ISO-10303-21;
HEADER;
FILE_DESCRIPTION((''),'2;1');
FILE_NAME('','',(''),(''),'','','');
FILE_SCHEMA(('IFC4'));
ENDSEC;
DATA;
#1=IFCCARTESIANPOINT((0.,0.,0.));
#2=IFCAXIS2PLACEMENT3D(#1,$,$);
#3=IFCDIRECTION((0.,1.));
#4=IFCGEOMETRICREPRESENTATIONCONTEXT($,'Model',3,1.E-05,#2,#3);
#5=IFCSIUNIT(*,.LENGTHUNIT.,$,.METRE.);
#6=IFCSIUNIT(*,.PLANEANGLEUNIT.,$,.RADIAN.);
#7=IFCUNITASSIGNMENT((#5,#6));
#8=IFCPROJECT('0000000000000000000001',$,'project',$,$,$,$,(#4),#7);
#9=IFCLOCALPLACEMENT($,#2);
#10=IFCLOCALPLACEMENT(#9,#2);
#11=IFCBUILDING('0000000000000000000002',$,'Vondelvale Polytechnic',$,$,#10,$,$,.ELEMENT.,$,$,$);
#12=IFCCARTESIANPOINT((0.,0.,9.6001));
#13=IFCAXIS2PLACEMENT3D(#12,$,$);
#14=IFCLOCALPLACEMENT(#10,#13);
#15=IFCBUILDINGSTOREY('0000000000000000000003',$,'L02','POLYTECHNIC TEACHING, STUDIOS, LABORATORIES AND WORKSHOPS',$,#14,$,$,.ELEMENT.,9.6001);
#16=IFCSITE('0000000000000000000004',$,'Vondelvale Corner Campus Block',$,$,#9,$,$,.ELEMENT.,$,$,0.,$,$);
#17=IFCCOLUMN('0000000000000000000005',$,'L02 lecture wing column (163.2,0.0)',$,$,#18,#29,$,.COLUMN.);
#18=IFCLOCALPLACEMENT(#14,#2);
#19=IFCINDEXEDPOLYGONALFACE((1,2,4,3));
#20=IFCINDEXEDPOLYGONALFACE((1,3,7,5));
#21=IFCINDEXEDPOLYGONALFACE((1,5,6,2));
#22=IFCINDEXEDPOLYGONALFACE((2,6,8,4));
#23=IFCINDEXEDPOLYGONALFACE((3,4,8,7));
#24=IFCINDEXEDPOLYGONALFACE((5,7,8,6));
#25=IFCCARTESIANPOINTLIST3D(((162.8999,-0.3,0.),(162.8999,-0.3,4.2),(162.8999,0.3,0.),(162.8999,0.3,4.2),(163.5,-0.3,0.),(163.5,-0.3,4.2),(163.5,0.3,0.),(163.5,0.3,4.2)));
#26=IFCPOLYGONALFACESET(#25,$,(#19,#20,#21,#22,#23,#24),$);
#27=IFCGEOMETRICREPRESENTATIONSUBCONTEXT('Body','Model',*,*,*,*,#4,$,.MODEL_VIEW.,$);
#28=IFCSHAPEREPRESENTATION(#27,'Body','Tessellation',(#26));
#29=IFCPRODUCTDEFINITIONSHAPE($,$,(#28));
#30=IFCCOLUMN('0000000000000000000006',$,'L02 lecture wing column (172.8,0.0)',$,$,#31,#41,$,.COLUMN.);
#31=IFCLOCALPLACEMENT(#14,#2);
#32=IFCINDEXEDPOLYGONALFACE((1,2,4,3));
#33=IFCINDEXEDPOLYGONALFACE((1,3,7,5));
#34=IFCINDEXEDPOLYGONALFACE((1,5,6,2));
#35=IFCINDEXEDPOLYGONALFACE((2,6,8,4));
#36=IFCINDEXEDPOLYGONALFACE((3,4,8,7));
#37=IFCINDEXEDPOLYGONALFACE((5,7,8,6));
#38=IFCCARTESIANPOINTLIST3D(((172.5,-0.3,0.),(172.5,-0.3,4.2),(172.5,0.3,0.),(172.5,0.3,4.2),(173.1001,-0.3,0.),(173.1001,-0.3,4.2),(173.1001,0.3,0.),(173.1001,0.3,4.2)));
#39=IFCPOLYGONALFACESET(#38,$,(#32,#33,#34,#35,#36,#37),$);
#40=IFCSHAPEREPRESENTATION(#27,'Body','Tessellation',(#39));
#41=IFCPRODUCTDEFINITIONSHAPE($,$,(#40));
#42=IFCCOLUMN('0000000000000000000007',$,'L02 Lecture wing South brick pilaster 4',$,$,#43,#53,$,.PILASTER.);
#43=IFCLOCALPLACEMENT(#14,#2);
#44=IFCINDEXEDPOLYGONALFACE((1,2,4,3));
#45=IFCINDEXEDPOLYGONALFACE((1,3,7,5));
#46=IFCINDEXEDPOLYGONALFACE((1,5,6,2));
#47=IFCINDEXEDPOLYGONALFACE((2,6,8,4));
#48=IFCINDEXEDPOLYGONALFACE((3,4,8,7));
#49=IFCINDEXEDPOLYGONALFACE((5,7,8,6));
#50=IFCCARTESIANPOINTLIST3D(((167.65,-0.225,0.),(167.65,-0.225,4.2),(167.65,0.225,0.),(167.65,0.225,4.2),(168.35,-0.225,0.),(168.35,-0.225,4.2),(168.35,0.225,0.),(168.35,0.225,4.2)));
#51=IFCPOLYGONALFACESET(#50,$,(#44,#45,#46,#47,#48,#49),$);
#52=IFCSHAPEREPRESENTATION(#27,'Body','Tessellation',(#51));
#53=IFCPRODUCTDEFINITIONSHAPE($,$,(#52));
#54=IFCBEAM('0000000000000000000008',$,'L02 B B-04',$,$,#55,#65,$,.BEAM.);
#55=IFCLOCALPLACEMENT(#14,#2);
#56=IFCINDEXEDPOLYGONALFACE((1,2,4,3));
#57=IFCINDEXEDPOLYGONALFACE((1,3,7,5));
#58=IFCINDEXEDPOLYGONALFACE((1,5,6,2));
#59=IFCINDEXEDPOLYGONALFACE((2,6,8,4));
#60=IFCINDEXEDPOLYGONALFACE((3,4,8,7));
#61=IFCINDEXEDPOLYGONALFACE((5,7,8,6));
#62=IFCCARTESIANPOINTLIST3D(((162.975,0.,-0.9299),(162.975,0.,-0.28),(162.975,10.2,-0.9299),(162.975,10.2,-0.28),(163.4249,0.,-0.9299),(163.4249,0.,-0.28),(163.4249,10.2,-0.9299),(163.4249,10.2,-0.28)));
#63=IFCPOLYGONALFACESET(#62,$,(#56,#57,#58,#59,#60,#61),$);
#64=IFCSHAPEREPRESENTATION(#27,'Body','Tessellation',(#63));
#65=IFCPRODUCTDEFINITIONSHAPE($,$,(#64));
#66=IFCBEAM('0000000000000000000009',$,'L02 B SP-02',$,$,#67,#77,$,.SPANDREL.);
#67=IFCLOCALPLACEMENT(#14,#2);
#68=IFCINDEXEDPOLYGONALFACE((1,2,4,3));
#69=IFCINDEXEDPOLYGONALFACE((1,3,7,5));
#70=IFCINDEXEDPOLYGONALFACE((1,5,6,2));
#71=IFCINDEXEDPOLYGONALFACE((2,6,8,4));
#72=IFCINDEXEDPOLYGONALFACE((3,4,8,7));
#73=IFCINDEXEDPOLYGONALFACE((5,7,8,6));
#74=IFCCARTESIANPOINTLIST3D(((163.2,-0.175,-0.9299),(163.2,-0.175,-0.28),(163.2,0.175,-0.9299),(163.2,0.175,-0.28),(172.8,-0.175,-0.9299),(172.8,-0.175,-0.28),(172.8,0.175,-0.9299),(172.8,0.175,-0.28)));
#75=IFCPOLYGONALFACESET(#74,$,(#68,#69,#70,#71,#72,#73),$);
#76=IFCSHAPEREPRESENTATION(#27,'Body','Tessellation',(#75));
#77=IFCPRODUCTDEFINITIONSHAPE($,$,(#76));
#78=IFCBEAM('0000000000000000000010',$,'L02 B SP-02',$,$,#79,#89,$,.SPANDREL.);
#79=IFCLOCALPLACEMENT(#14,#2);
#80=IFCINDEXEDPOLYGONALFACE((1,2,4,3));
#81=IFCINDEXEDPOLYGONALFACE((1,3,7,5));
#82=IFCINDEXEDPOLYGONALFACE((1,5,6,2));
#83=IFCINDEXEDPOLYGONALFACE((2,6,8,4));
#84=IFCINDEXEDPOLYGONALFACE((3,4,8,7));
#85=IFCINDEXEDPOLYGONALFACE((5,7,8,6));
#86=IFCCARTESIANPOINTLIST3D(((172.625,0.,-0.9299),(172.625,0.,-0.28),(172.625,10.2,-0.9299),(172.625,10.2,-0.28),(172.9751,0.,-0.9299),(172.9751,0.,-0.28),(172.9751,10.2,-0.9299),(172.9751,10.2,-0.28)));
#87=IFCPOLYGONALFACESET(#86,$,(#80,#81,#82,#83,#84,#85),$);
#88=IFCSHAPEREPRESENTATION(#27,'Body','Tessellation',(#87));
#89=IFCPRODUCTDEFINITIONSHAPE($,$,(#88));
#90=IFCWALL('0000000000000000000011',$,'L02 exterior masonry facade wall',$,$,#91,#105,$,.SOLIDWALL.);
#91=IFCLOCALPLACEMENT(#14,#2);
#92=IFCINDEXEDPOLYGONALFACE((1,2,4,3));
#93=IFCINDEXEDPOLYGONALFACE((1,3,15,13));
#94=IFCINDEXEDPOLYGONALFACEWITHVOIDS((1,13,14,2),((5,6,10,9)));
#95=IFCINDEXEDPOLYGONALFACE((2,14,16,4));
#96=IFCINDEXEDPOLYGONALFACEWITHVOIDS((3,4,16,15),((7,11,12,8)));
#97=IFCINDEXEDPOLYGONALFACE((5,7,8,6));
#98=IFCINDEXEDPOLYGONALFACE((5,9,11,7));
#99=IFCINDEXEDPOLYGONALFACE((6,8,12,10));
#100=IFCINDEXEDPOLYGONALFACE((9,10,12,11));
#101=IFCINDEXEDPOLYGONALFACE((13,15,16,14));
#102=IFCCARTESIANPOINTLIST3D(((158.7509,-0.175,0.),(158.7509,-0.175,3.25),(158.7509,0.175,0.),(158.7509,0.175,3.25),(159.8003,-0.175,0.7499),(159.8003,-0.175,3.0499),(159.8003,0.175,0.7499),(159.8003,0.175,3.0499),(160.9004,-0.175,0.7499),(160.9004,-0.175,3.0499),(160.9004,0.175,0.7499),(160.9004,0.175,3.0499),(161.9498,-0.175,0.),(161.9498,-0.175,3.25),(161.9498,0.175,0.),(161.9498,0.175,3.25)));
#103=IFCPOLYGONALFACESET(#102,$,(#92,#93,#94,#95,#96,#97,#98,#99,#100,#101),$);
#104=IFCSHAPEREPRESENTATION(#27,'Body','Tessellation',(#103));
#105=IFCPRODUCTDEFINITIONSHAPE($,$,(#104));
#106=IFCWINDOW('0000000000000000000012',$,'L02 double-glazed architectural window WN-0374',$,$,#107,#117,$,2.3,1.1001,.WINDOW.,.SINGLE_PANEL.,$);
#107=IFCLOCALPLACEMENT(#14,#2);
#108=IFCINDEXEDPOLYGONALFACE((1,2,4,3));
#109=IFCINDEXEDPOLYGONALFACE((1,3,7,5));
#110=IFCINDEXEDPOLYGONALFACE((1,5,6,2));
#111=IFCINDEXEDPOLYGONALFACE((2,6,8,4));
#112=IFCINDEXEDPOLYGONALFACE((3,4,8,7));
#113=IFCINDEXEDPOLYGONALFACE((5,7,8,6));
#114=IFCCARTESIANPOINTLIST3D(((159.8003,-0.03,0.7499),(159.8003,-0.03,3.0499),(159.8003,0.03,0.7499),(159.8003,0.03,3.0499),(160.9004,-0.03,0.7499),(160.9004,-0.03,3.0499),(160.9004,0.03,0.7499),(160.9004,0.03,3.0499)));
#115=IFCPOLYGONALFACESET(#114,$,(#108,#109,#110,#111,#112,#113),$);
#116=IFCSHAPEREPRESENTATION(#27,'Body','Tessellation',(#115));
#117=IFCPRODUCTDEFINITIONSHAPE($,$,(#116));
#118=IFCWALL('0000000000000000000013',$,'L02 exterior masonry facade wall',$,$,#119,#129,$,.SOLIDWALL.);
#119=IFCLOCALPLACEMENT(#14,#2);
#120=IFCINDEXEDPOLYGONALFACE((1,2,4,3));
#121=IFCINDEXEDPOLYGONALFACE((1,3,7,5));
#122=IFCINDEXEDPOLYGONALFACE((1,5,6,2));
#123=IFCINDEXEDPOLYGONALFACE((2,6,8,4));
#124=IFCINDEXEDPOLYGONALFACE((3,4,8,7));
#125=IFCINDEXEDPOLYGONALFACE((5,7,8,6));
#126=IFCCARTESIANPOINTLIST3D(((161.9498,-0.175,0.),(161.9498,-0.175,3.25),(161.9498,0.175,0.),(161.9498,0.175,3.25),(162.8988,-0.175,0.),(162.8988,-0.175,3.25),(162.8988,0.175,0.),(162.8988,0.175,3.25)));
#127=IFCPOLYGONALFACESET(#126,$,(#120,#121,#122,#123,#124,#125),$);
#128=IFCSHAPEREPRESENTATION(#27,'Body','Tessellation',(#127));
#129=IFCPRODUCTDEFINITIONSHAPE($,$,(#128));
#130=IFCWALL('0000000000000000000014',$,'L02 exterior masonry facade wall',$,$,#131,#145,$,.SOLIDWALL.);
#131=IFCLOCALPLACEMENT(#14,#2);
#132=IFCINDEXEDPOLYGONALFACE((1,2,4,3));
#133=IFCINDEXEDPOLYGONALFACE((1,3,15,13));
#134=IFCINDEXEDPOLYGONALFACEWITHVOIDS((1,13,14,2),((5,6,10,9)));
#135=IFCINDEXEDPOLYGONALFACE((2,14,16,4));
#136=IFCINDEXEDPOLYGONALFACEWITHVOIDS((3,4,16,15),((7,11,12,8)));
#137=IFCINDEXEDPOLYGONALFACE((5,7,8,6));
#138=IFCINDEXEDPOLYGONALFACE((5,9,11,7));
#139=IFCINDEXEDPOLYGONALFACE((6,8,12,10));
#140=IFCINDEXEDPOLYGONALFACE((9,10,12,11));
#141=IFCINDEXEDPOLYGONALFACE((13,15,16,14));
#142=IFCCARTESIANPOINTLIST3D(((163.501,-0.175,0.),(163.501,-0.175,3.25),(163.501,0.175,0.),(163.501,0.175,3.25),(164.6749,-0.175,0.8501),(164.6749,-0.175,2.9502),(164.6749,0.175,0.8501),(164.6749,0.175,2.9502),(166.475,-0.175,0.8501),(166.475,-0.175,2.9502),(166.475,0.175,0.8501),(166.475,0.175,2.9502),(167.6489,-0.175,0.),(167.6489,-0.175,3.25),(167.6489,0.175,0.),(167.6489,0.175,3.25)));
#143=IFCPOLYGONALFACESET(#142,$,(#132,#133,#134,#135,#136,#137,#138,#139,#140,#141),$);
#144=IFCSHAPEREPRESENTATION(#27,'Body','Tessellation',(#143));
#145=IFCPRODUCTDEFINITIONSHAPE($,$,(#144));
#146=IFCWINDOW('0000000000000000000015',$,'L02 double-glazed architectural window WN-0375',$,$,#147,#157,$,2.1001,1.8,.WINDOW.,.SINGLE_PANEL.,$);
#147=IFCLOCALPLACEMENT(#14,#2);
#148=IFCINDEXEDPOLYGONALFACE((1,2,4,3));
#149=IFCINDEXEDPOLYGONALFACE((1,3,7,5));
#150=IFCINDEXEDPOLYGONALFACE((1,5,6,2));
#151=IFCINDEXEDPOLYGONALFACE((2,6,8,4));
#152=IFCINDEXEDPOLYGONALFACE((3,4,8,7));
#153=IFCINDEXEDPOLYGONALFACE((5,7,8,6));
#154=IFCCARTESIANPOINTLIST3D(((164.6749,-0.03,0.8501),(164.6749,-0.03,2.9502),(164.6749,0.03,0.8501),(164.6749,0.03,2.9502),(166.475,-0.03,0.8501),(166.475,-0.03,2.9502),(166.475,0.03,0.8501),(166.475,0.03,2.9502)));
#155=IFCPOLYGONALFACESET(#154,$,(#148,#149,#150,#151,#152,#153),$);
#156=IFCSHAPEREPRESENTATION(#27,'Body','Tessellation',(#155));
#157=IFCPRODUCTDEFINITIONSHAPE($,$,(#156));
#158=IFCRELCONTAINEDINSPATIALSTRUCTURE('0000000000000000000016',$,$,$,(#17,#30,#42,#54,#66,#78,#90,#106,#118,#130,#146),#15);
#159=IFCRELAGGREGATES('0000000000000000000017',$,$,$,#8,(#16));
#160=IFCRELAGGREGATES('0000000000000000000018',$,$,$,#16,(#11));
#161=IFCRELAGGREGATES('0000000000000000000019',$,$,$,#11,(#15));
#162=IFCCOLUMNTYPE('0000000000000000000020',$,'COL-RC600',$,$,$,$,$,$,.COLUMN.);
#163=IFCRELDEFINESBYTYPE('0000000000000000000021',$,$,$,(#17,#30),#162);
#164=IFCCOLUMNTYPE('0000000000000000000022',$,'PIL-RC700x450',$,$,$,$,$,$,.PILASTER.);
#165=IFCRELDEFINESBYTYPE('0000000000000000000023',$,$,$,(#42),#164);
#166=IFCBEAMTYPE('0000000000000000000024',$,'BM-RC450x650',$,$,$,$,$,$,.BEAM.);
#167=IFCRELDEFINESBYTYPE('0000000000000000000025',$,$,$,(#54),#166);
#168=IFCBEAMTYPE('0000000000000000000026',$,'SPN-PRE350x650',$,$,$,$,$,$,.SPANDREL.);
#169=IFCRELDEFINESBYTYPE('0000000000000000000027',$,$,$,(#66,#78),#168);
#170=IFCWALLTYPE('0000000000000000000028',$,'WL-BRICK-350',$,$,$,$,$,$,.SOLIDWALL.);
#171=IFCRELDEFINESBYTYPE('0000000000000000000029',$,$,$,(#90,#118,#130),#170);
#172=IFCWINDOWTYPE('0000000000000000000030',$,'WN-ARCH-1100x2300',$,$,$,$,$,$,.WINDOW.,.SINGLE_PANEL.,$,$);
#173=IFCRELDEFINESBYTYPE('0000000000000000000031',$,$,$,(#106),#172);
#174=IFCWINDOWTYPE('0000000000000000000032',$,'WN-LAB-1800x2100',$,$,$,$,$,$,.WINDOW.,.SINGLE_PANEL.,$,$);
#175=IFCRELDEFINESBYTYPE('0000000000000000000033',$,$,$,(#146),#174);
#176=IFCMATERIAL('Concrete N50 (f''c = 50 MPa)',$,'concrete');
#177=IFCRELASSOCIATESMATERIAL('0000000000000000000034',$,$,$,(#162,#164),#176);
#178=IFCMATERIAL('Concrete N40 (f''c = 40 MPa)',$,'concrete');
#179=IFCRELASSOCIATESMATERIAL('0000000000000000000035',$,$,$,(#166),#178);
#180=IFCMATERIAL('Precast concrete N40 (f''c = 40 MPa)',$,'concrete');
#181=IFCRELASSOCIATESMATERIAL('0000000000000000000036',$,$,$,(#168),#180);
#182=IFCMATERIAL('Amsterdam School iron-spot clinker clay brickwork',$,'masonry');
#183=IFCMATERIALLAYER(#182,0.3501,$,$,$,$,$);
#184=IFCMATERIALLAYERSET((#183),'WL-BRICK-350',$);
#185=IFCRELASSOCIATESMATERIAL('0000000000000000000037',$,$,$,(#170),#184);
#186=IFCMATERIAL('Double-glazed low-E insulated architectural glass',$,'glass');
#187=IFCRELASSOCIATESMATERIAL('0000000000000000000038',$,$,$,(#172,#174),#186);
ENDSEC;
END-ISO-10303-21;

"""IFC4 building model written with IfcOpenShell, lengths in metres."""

from ifc_helpers import new_model, si_unit, direction, frame, frame_2d, origin, origin_2d, place, context, subcontext, project, spatial, rectangle, extrude, material, layer, layer_set, material_profile, profile_set, type_object, element, fill, save


model = new_model("IFC4")

# Units and contexts
model_context = context("Model", 3, precision=1e-05, world=origin(), true_north=direction((0.0, 1.0)))
body_context = subcontext(model_context, "Body", "Model", "MODEL_VIEW")
ifc_project = project(units=[si_unit("LENGTHUNIT", "METRE"), si_unit("PLANEANGLEUNIT", "RADIAN")], contexts=[model_context])

# Site, building, storey
site_placement = place(None, origin())
site = spatial("IfcSite", under=ifc_project, at=site_placement, Name="Vondelvale Corner Campus Block", CompositionType="ELEMENT", RefElevation=0.0)
building_placement = place(site_placement, origin())
building = spatial("IfcBuilding", under=site, at=building_placement, Name="Vondelvale Polytechnic", CompositionType="ELEMENT")
storey_placement = place(building_placement, frame((0.0, 0.0, 9.6001)))
storey = spatial("IfcBuildingStorey", under=building, at=storey_placement, Name="L02", Description="POLYTECHNIC TEACHING, STUDIOS, LABORATORIES AND WORKSHOPS", CompositionType="ELEMENT", Elevation=9.6001)

# Columns
ifc_material_1 = material(Name="Concrete N50 (f'c = 50 MPa)", Category="concrete")
ifc_material_profile_1 = material_profile(ifc_material_1, rectangle(XDim=0.6001, YDim=0.6001, at=origin_2d()), Name="RC-COL-600x600")
ifc_profile_set_1 = profile_set([ifc_material_profile_1], Name="Concrete N50 (f'c = 50 MPa)")
column_type_1 = type_object("IfcColumnType", Name="COL-RC600", PredefinedType="COLUMN", material=ifc_profile_set_1)
for number, where, z_axis, x_axis, name in (
    (1, (163.2, 0.0, 0.0), (0.0, 0.0, 1.0), (1.0, 0.0, 0.0), "L02 lecture wing column (163.2,0.0)"),
    (2, (172.8, 0.0, 0.0), (0.0, 0.0, 1.0), (1.0, 0.0, 0.0), "L02 lecture wing column (172.8,0.0)"),
):
    element("IfcColumn", number, at=place(storey_placement, frame(where, z_axis=z_axis, x_axis=x_axis)), inside=storey, type_object=column_type_1, Name=name, PredefinedType="COLUMN", context=body_context, shape_type="SweptSolid", body=[
        extrude(rectangle(XDim=0.6001, YDim=0.6001, at=origin_2d()), origin(), (0.0, 0.0, 1.0), 4.2),
    ])
ifc_material_profile_2 = material_profile(ifc_material_1, rectangle(XDim=0.45, YDim=0.7, at=origin_2d()), Name="RC-PIL-700x450")
ifc_profile_set_2 = profile_set([ifc_material_profile_2], Name="Concrete N50 (f'c = 50 MPa)")
column_type_2 = type_object("IfcColumnType", Name="PIL-RC700x450", PredefinedType="PILASTER", material=ifc_profile_set_2)
column_placement = place(storey_placement, frame((168.0, 0.0, 0.0), z_axis=(0.0, 0.0, 1.0), x_axis=(0.0, 1.0, 0.0)))
element("IfcColumn", 3, at=column_placement, inside=storey, type_object=column_type_2, Name="L02 Lecture wing South brick pilaster 4", PredefinedType="PILASTER", context=body_context, shape_type="SweptSolid", body=[
    extrude(rectangle(XDim=0.45, YDim=0.7, at=origin_2d()), origin(), (0.0, 0.0, 1.0), 4.2),
])

# Beams
ifc_material_2 = material(Name="Concrete N40 (f'c = 40 MPa)", Category="concrete")
ifc_material_profile_3 = material_profile(ifc_material_2, rectangle(XDim=0.45, YDim=0.6499, at=origin_2d()), Name="RC-BM-450x650")
ifc_profile_set_3 = profile_set([ifc_material_profile_3], Name="Concrete N40 (f'c = 40 MPa)")
beam_type_1 = type_object("IfcBeamType", Name="BM-RC450x650", PredefinedType="BEAM", material=ifc_profile_set_3)
beam_1_placement = place(storey_placement, frame((163.2, 0.0, -0.605), z_axis=(0.0, 1.0, 0.0), x_axis=(-1.0, 0.0, 0.0)))
element("IfcBeam", 4, at=beam_1_placement, inside=storey, type_object=beam_type_1, Name="L02 B B-04", PredefinedType="BEAM", context=body_context, shape_type="SweptSolid", body=[
    extrude(rectangle(XDim=0.45, YDim=0.6499, at=origin_2d()), origin(), (0.0, 0.0, 1.0), 10.2),
])
ifc_material_3 = material(Name="Precast concrete N40 (f'c = 40 MPa)", Category="concrete")
ifc_material_profile_4 = material_profile(ifc_material_3, rectangle(XDim=0.3501, YDim=0.6499, at=origin_2d()), Name="RC-SPN-350x650")
ifc_profile_set_4 = profile_set([ifc_material_profile_4], Name="Precast concrete N40 (f'c = 40 MPa)")
beam_type_2 = type_object("IfcBeamType", Name="SPN-PRE350x650", PredefinedType="SPANDREL", material=ifc_profile_set_4)
beam_2_placement = place(storey_placement, frame((163.2, 0.0, -0.605), z_axis=(1.0, 0.0, 0.0), x_axis=(0.0, 1.0, 0.0)))
element("IfcBeam", 5, at=beam_2_placement, inside=storey, type_object=beam_type_2, Name="L02 B SP-02", PredefinedType="SPANDREL", context=body_context, shape_type="SweptSolid", body=[
    extrude(rectangle(XDim=0.3501, YDim=0.6499, at=origin_2d()), origin(), (0.0, 0.0, 1.0), 9.6001),
])
beam_3_placement = place(storey_placement, frame((172.8, 0.0, -0.605), z_axis=(0.0, 1.0, 0.0), x_axis=(-1.0, 0.0, 0.0)))
element("IfcBeam", 6, at=beam_3_placement, inside=storey, type_object=beam_type_2, Name="L02 B SP-02", PredefinedType="SPANDREL", context=body_context, shape_type="SweptSolid", body=[
    extrude(rectangle(XDim=0.3501, YDim=0.6499, at=origin_2d()), origin(), (0.0, 0.0, 1.0), 10.2),
])

# Wall, opening, window
ifc_material_4 = material(Name="Amsterdam School iron-spot clinker clay brickwork", Category="masonry")
ifc_layer_1 = layer(ifc_material_4, 0.3501)
ifc_layer_set_1 = layer_set([ifc_layer_1], Name="WL-BRICK-350")
wall_type_1 = type_object("IfcWallType", Name="WL-BRICK-350", PredefinedType="SOLIDWALL", material=ifc_layer_set_1)
wall_1_placement = place(storey_placement, frame((161.95, 0.0, 0.0), z_axis=(0.0, 0.0, 1.0), x_axis=(-1.0, 0.0, 0.0)))
wall_1 = element("IfcWall", 7, at=wall_1_placement, inside=storey, type_object=wall_type_1, Name="L02 exterior masonry facade wall", PredefinedType="SOLIDWALL", context=body_context, shape_type="SweptSolid", body=[
    extrude(rectangle(XDim=3.199, YDim=0.3501, at=frame_2d((1.5996, 0.0))), origin(), (0.0, 0.0, 1.0), 3.25),
])
opening_1_placement = place(wall_1_placement, frame((1.0496, 0.0, 0.75)))
opening_1 = element("IfcOpeningElement", 8, at=opening_1_placement, cuts=wall_1, PredefinedType="OPENING", context=body_context, shape_type="SweptSolid", body=[
    extrude(rectangle(XDim=1.1001, YDim=2.3, at=frame_2d((0.55, 1.1499))), frame((0.0, 0.1851, 0.0), z_axis=(0.0, -1.0, 0.0), x_axis=(1.0, 0.0, 0.0)), (0.0, 0.0, 1.0), 0.3701),
])
ifc_material_5 = material(Name="Double-glazed low-E insulated architectural glass", Category="glass")
window_type_1 = type_object("IfcWindowType", Name="WN-ARCH-1100x2300", PartitioningType="SINGLE_PANEL", PredefinedType="WINDOW", material=ifc_material_5)
window_1_placement = place(opening_1_placement, origin())
window_1 = element("IfcWindow", 9, at=window_1_placement, inside=storey, type_object=window_type_1, Name="L02 double-glazed architectural window WN-0374", OverallHeight=2.3, OverallWidth=1.1001, PartitioningType="SINGLE_PANEL", PredefinedType="WINDOW", context=body_context, shape_type="SweptSolid", body=[
    extrude(rectangle(XDim=1.1001, YDim=2.3, at=frame_2d((0.55, 1.1499))), frame((0.0, 0.03, 0.0), z_axis=(0.0, -1.0, 0.0), x_axis=(1.0, 0.0, 0.0)), (0.0, 0.0, 1.0), 0.0601),
])
fill(opening_1, window_1)

# Wall
wall_2_placement = place(storey_placement, frame((162.8989, 0.0, 0.0), z_axis=(0.0, 0.0, 1.0), x_axis=(-1.0, 0.0, 0.0)))
element("IfcWall", 10, at=wall_2_placement, inside=storey, type_object=wall_type_1, Name="L02 exterior masonry facade wall", PredefinedType="SOLIDWALL", context=body_context, shape_type="SweptSolid", body=[
    extrude(rectangle(XDim=0.949, YDim=0.3501, at=frame_2d((0.4746, 0.0))), origin(), (0.0, 0.0, 1.0), 3.25),
])

# Wall, opening, window
wall_3_placement = place(storey_placement, frame((167.6489, 0.0, 0.0), z_axis=(0.0, 0.0, 1.0), x_axis=(-1.0, 0.0, 0.0)))
wall_3 = element("IfcWall", 11, at=wall_3_placement, inside=storey, type_object=wall_type_1, Name="L02 exterior masonry facade wall", PredefinedType="SOLIDWALL", context=body_context, shape_type="SweptSolid", body=[
    extrude(rectangle(XDim=4.1479, YDim=0.3501, at=frame_2d((2.074, 0.0))), origin(), (0.0, 0.0, 1.0), 3.25),
])
opening_2_placement = place(wall_3_placement, frame((1.1741, 0.0, 0.8501)))
opening_2 = element("IfcOpeningElement", 12, at=opening_2_placement, cuts=wall_3, PredefinedType="OPENING", context=body_context, shape_type="SweptSolid", body=[
    extrude(rectangle(XDim=1.8, YDim=2.1001, at=frame_2d((0.8999, 1.05))), frame((0.0, 0.1851, 0.0), z_axis=(0.0, -1.0, 0.0), x_axis=(1.0, 0.0, 0.0)), (0.0, 0.0, 1.0), 0.3701),
])
window_type_2 = type_object("IfcWindowType", Name="WN-LAB-1800x2100", PartitioningType="SINGLE_PANEL", PredefinedType="WINDOW", material=ifc_material_5)
window_2_placement = place(opening_2_placement, origin())
window_2 = element("IfcWindow", 13, at=window_2_placement, inside=storey, type_object=window_type_2, Name="L02 double-glazed architectural window WN-0375", OverallHeight=2.1001, OverallWidth=1.8, PartitioningType="SINGLE_PANEL", PredefinedType="WINDOW", context=body_context, shape_type="SweptSolid", body=[
    extrude(rectangle(XDim=1.8, YDim=2.1001, at=frame_2d((0.8999, 1.05))), frame((0.0, 0.03, 0.0), z_axis=(0.0, -1.0, 0.0), x_axis=(1.0, 0.0, 0.0)), (0.0, 0.0, 1.0), 0.0601),
])
fill(opening_2, window_2)

save(model, "model.ifc")
